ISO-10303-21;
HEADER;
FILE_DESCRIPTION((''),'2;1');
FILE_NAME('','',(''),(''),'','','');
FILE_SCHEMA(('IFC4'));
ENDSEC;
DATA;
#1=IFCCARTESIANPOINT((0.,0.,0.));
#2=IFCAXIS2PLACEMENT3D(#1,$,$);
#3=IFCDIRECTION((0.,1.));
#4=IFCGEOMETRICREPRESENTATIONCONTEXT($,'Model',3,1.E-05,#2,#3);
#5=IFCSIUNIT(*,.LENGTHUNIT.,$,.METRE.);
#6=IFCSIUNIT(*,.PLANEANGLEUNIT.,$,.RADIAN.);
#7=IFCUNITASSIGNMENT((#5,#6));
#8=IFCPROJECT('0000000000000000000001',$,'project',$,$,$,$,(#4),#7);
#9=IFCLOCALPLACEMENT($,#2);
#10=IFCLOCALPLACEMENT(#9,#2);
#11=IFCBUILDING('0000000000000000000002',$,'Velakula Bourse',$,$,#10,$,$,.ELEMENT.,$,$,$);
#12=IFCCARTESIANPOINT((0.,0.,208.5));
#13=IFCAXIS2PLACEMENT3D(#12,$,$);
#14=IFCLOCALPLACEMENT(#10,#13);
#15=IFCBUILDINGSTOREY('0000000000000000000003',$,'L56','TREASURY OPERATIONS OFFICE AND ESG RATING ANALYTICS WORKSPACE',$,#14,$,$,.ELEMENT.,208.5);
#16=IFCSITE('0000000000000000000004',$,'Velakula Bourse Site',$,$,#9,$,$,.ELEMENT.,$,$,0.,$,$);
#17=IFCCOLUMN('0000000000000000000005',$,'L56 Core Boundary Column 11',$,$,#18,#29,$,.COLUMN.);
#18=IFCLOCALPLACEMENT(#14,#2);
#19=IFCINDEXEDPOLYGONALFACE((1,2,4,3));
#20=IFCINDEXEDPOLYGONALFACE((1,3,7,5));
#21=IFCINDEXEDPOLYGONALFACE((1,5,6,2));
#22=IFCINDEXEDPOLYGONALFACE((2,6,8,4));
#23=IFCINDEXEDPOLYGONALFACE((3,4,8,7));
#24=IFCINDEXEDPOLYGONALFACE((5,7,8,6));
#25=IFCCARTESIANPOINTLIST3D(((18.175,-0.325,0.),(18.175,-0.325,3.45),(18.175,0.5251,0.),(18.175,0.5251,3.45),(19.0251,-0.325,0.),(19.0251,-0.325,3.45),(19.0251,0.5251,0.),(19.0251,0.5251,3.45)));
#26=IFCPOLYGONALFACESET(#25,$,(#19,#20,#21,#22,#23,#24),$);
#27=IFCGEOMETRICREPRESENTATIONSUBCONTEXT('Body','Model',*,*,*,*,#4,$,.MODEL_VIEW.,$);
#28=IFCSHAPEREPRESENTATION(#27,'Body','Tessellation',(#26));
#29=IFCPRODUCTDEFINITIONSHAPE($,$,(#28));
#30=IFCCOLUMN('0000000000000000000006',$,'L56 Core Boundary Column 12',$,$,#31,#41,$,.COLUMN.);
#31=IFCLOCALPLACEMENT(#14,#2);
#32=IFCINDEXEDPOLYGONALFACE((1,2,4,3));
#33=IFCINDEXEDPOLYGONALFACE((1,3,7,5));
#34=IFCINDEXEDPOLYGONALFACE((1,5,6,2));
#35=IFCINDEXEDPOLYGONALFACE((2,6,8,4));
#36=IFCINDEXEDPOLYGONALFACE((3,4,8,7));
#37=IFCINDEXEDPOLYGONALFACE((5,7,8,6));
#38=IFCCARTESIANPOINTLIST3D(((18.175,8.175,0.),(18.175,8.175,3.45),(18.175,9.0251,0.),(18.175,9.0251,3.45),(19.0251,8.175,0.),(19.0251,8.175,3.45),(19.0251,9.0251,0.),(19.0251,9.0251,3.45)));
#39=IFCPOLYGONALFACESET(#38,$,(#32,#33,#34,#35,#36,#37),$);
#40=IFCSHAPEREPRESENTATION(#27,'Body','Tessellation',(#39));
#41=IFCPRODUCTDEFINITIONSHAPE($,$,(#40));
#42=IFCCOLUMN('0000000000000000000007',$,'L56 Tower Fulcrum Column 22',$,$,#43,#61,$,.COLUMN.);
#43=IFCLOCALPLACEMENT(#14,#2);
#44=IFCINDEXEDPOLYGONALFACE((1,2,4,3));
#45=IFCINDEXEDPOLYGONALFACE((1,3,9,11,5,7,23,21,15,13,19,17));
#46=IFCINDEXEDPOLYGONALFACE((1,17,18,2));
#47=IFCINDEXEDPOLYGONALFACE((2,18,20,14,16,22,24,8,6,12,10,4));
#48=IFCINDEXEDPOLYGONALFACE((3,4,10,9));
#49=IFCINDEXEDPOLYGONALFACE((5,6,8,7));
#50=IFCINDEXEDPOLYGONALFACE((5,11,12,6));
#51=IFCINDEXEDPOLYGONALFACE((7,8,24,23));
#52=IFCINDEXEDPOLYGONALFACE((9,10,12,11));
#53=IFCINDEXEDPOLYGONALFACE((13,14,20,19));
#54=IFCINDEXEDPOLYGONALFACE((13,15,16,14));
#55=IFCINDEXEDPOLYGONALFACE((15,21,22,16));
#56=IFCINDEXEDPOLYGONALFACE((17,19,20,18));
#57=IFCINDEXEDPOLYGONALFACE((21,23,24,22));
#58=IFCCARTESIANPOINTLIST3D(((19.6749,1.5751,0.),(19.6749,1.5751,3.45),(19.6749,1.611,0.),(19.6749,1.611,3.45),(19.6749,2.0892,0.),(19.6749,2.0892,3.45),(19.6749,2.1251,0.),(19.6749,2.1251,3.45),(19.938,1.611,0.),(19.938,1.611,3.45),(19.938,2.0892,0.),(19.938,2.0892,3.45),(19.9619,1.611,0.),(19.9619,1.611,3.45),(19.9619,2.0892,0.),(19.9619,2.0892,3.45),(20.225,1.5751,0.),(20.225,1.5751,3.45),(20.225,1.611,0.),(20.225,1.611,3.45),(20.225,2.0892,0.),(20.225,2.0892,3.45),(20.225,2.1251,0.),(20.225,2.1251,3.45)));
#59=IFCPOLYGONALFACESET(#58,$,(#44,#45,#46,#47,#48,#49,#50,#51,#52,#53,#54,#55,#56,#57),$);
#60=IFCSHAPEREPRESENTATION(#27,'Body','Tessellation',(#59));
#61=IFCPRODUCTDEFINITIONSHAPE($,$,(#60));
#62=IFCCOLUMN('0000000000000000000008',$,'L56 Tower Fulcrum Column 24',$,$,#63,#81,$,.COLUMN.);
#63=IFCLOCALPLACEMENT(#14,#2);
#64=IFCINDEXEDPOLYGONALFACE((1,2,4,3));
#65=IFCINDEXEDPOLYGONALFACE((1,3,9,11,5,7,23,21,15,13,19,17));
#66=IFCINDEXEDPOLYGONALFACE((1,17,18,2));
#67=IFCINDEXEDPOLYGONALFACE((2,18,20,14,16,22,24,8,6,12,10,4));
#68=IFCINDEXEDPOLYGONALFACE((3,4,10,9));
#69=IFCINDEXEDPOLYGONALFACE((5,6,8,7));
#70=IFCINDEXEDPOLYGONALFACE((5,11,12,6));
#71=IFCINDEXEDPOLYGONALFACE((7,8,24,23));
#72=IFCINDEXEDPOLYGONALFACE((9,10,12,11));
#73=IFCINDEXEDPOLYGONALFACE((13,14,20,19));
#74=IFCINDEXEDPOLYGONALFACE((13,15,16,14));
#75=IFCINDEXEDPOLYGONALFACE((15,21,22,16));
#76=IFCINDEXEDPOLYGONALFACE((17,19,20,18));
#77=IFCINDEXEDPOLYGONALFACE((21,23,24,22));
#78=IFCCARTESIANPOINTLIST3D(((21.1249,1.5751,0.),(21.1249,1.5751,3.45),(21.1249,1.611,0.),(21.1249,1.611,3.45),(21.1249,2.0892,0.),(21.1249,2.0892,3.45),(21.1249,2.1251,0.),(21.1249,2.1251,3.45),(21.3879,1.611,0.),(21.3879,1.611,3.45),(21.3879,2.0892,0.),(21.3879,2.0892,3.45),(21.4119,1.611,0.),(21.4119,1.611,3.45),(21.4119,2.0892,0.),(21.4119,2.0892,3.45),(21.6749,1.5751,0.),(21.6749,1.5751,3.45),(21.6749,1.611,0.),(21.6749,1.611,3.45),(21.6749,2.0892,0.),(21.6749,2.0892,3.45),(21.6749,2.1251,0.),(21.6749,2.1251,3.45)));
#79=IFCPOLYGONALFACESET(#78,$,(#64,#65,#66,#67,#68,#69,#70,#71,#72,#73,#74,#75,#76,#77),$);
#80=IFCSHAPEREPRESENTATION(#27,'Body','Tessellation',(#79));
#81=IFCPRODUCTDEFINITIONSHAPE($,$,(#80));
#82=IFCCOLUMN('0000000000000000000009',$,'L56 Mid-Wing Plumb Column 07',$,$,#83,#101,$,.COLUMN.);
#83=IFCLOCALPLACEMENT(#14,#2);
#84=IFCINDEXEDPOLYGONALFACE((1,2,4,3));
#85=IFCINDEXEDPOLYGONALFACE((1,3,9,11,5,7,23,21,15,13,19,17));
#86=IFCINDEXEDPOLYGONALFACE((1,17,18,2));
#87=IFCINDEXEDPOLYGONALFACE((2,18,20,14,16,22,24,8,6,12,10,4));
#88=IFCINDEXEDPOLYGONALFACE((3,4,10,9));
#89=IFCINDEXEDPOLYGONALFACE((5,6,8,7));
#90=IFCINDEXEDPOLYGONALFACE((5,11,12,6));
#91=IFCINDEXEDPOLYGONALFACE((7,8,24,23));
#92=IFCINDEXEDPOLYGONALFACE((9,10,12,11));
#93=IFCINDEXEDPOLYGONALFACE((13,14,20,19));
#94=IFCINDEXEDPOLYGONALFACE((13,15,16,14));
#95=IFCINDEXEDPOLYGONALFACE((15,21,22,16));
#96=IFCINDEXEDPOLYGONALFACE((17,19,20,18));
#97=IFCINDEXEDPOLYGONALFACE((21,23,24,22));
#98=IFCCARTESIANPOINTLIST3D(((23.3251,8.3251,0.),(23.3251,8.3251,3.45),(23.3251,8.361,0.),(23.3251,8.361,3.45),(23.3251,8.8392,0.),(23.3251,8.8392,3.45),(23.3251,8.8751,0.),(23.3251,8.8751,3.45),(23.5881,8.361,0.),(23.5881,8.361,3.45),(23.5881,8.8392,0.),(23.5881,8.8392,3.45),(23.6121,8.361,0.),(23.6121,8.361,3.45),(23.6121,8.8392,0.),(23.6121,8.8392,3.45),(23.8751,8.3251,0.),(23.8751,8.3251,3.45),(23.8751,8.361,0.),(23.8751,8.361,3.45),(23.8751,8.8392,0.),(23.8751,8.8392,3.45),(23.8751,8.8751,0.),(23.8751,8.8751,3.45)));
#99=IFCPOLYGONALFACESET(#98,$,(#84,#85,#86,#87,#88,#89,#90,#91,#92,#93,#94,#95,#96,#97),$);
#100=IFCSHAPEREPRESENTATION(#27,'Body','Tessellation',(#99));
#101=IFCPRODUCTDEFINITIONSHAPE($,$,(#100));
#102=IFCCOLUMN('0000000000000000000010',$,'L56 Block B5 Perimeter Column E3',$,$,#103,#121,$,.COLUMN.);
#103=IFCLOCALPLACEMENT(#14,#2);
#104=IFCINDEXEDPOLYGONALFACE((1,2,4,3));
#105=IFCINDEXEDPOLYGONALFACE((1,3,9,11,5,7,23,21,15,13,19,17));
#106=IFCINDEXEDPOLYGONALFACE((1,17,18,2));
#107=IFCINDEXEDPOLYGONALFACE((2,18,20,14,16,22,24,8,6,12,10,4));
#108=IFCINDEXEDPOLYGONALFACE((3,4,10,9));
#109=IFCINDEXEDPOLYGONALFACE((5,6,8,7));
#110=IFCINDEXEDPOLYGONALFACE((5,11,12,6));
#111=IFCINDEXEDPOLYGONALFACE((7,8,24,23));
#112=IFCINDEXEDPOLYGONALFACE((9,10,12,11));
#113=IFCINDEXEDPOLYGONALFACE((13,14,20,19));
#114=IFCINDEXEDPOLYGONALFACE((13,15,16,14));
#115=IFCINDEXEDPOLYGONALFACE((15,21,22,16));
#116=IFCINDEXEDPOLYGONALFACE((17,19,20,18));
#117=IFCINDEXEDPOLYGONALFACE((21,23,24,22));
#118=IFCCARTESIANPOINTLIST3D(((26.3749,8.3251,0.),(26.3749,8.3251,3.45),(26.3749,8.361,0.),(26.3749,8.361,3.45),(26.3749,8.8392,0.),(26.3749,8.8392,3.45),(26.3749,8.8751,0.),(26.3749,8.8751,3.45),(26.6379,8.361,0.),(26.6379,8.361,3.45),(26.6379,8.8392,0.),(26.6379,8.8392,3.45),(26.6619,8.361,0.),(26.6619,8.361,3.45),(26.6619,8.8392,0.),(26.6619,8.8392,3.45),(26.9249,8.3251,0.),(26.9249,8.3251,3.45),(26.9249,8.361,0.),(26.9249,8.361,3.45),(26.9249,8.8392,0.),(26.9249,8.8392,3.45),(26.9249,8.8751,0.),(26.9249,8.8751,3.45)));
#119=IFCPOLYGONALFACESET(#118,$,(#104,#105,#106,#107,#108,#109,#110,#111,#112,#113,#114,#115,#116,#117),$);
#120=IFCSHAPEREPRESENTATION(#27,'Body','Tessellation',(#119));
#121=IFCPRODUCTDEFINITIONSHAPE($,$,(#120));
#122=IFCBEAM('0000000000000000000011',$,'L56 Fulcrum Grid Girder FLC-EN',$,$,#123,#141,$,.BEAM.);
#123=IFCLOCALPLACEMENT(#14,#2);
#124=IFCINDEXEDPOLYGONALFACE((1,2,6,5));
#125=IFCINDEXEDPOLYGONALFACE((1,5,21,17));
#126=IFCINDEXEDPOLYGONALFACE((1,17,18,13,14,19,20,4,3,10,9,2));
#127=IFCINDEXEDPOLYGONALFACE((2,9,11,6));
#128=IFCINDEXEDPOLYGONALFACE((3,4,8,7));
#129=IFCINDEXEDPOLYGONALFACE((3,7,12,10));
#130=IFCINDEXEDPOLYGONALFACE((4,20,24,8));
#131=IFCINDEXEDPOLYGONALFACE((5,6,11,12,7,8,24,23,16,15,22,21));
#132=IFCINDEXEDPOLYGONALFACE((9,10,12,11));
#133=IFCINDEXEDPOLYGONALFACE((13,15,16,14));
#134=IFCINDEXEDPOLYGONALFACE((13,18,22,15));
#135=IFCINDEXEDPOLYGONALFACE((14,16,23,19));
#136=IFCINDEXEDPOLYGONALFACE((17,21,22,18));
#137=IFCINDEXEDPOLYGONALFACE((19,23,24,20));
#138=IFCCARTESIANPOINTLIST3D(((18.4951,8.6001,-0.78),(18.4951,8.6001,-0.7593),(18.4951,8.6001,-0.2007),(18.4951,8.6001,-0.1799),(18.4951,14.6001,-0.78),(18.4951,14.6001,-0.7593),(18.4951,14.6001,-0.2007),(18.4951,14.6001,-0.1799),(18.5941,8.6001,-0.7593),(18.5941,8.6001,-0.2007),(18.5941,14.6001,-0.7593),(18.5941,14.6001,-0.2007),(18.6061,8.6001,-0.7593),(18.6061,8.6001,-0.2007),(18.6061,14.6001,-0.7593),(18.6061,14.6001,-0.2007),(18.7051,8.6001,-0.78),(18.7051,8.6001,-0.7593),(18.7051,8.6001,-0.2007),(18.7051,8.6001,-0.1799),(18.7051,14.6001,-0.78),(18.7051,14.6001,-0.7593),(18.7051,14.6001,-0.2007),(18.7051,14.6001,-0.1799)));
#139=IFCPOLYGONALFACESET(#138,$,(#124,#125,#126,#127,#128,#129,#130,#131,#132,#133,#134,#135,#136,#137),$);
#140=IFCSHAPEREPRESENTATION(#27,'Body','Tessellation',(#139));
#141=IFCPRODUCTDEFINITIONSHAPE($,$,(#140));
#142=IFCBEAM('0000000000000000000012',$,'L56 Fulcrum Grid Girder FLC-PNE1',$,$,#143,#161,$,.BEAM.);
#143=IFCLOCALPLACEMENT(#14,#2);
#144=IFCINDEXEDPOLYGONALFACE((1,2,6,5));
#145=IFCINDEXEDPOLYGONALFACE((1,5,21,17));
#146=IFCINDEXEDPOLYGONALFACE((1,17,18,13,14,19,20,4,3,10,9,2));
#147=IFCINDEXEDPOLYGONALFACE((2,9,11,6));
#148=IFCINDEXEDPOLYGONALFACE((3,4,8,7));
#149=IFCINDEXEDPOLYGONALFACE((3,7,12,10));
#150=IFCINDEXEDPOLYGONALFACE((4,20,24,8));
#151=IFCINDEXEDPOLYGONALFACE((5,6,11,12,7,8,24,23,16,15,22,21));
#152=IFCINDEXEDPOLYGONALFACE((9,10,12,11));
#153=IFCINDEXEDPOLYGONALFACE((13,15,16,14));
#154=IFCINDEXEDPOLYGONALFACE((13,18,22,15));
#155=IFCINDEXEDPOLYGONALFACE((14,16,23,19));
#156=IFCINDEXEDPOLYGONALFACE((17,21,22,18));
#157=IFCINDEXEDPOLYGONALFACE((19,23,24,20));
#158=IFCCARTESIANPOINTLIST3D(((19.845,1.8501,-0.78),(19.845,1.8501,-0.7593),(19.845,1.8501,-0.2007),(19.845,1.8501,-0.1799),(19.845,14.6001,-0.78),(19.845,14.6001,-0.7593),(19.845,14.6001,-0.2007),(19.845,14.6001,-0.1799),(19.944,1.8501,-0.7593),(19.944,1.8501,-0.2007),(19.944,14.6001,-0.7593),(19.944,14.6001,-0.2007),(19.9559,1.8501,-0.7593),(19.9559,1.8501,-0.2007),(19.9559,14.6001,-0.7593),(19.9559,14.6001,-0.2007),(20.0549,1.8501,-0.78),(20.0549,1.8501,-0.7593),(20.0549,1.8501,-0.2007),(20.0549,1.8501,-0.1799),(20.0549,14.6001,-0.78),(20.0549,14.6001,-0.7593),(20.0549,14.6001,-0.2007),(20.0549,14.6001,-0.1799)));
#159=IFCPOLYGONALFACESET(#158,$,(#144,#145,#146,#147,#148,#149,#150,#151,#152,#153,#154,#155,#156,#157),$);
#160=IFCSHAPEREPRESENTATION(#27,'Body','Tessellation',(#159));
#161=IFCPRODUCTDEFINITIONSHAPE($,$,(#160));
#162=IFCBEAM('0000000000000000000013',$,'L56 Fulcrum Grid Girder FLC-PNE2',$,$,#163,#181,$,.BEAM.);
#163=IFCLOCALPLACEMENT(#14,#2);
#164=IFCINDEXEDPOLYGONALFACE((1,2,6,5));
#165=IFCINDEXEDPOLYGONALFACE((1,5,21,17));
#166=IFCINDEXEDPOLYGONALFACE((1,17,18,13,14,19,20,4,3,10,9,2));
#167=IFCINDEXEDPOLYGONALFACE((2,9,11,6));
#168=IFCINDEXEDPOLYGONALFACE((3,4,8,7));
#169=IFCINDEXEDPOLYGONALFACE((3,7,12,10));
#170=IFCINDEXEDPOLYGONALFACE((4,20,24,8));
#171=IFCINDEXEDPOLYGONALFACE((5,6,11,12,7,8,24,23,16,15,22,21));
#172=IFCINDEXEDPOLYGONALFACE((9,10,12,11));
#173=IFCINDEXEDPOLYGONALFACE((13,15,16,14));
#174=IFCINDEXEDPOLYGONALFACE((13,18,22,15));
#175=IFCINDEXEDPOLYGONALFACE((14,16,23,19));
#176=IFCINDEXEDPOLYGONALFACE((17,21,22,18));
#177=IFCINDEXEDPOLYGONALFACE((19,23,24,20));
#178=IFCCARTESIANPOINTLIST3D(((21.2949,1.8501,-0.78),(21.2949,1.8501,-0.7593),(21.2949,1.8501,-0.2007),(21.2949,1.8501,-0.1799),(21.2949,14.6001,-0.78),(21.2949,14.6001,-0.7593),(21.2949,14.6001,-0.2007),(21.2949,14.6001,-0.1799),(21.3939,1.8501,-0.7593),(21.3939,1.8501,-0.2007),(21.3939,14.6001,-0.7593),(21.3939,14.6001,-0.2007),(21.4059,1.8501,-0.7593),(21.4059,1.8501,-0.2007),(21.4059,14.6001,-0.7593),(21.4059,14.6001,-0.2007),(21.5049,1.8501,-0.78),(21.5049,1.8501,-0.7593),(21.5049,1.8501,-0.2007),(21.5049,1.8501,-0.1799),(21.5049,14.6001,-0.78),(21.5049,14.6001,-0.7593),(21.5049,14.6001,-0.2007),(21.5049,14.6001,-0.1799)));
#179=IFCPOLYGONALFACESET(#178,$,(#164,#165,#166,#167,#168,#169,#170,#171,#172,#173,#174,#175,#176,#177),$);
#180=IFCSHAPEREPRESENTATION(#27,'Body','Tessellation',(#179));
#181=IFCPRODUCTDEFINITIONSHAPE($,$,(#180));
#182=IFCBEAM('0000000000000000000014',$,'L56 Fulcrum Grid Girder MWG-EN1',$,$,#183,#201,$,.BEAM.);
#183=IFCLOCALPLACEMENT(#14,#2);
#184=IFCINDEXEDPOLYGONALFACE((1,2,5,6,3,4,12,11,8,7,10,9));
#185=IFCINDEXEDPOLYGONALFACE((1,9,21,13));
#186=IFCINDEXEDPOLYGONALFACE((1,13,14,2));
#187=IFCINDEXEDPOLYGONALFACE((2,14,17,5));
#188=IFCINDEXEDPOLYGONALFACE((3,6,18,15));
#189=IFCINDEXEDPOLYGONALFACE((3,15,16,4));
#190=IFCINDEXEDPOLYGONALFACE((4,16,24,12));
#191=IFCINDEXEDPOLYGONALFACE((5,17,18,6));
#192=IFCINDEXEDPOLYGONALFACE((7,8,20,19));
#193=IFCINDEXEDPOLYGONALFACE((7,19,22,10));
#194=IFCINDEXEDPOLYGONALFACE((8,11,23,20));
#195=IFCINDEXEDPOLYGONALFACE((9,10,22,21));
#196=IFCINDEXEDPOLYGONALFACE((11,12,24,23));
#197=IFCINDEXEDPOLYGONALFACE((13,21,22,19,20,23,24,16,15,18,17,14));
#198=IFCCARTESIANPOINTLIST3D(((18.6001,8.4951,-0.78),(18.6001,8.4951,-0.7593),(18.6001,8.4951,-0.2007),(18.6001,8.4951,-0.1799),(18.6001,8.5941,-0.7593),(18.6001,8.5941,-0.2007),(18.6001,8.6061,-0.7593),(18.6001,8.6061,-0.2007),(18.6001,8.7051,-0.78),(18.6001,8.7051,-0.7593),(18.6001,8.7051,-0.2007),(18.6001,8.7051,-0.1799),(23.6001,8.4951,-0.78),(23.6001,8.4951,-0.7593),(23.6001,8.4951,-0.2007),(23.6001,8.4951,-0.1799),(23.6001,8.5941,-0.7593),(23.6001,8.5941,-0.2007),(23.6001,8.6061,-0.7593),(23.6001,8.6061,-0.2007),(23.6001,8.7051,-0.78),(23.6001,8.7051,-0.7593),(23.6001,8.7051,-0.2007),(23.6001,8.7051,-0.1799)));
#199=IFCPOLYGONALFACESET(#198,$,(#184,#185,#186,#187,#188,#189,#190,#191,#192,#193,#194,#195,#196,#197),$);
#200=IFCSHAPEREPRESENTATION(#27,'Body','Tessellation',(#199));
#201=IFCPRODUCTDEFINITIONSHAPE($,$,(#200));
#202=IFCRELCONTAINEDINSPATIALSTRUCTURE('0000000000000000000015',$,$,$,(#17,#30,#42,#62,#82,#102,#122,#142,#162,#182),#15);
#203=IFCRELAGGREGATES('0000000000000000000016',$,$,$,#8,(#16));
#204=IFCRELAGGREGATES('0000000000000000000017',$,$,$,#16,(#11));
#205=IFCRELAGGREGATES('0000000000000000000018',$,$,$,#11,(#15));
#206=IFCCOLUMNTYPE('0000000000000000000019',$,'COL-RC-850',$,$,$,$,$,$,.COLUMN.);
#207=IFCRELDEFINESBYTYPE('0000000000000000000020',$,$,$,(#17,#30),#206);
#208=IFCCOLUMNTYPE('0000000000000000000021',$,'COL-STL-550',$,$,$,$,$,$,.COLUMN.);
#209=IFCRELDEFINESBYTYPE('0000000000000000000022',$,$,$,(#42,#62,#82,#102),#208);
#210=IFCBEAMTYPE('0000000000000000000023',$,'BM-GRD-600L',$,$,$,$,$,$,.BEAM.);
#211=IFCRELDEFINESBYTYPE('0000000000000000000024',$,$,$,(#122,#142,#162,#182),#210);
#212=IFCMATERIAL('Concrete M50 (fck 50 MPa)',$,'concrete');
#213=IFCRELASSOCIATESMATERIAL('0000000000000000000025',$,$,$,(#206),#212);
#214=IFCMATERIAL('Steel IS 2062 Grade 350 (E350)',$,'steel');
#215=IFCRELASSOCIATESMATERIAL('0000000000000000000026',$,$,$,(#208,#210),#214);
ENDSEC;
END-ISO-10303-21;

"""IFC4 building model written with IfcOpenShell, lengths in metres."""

from ifc_helpers import new_model, si_unit, direction, frame, origin, origin_2d, place, context, subcontext, project, spatial, rectangle, i_section, extrude, material, material_profile, profile_set, type_object, element, save


model = new_model("IFC4")

# Units and contexts
model_context = context("Model", 3, precision=1e-05, world=origin(), true_north=direction((0.0, 1.0)))
body_context = subcontext(model_context, "Body", "Model", "MODEL_VIEW")
ifc_project = project(units=[si_unit("LENGTHUNIT", "METRE"), si_unit("PLANEANGLEUNIT", "RADIAN")], contexts=[model_context])

# Site, building, storey
site_placement = place(None, origin())
site = spatial("IfcSite", under=ifc_project, at=site_placement, Name="Velakula Bourse Site", CompositionType="ELEMENT", RefElevation=0.0)
building_placement = place(site_placement, origin())
building = spatial("IfcBuilding", under=site, at=building_placement, Name="Velakula Bourse", CompositionType="ELEMENT")
storey_placement = place(building_placement, frame((0.0, 0.0, 208.5)))
storey = spatial("IfcBuildingStorey", under=building, at=storey_placement, Name="L56", Description="TREASURY OPERATIONS OFFICE AND ESG RATING ANALYTICS WORKSPACE", CompositionType="ELEMENT", Elevation=208.5)

# Columns
ifc_material_1 = material(Name="Concrete M50 (fck 50 MPa)", Category="concrete")
ifc_material_profile_1 = material_profile(ifc_material_1, rectangle(XDim=0.8501, YDim=0.8501, at=origin_2d()), Name="Concrete M50 (fck 50 MPa)")
ifc_profile_set_1 = profile_set([ifc_material_profile_1], Name="Concrete M50 (fck 50 MPa)")
column_type_1 = type_object("IfcColumnType", Name="COL-RC-850", PredefinedType="COLUMN", material=ifc_profile_set_1)
for number, where, z_axis, x_axis, name in (
    (1, (18.6001, 0.1001, 0.0), (0.0, 0.0, 1.0), (1.0, 0.0, 0.0), "L56 Core Boundary Column 11"),
    (2, (18.6001, 8.6001, 0.0), (0.0, 0.0, 1.0), (1.0, 0.0, 0.0), "L56 Core Boundary Column 12"),
):
    element("IfcColumn", number, at=place(storey_placement, frame(where, z_axis=z_axis, x_axis=x_axis)), inside=storey, type_object=column_type_1, Name=name, PredefinedType="COLUMN", context=body_context, shape_type="SweptSolid", body=[
        extrude(rectangle(XDim=0.8501, YDim=0.8501, at=origin_2d()), origin(), (0.0, 0.0, 1.0), 3.45),
    ])
ifc_material_2 = material(Name="Steel IS 2062 Grade 350 (E350)", Category="steel")
ifc_material_profile_2 = material_profile(ifc_material_2, i_section(OverallWidth=0.55, OverallDepth=0.55, WebThickness=0.0239, FlangeThickness=0.0359, at=origin_2d()), Name="Steel IS 2062 Grade 350 (E350)")
ifc_profile_set_2 = profile_set([ifc_material_profile_2], Name="Steel IS 2062 Grade 350 (E350)")
column_type_2 = type_object("IfcColumnType", Name="COL-STL-550", PredefinedType="COLUMN", material=ifc_profile_set_2)
for number, where, z_axis, x_axis, name in (
    (3, (19.95, 1.8501, 0.0), (0.0, 0.0, 1.0), (1.0, 0.0, 0.0), "L56 Tower Fulcrum Column 22"),
    (4, (21.3999, 1.8501, 0.0), (0.0, 0.0, 1.0), (1.0, 0.0, 0.0), "L56 Tower Fulcrum Column 24"),
    (5, (23.6001, 8.6001, 0.0), (0.0, 0.0, 1.0), (1.0, 0.0, 0.0), "L56 Mid-Wing Plumb Column 07"),
    (6, (26.6499, 8.6001, 0.0), (0.0, 0.0, 1.0), (1.0, 0.0, 0.0), "L56 Block B5 Perimeter Column E3"),
):
    element("IfcColumn", number, at=place(storey_placement, frame(where, z_axis=z_axis, x_axis=x_axis)), inside=storey, type_object=column_type_2, Name=name, PredefinedType="COLUMN", context=body_context, shape_type="SweptSolid", body=[
        extrude(i_section(OverallWidth=0.55, OverallDepth=0.55, WebThickness=0.0239, FlangeThickness=0.0359, at=origin_2d()), origin(), (0.0, 0.0, 1.0), 3.45),
    ])

# Beams
ifc_material_profile_3 = material_profile(ifc_material_2, i_section(OverallWidth=0.21, OverallDepth=0.6001, WebThickness=0.012, FlangeThickness=0.0208, at=origin_2d()), Name="Steel IS 2062 Grade 350 (E350)")
ifc_profile_set_3 = profile_set([ifc_material_profile_3], Name="Steel IS 2062 Grade 350 (E350)")
beam_type_1 = type_object("IfcBeamType", Name="BM-GRD-600L", PredefinedType="BEAM", material=ifc_profile_set_3)
beam_1_placement = place(storey_placement, frame((18.6001, 8.6001, -0.48), z_axis=(0.0, 1.0, 0.0), x_axis=(-1.0, 0.0, 0.0)))
element("IfcBeam", 7, at=beam_1_placement, inside=storey, type_object=beam_type_1, Name="L56 Fulcrum Grid Girder FLC-EN", PredefinedType="BEAM", context=body_context, shape_type="SweptSolid", body=[
    extrude(i_section(OverallWidth=0.21, OverallDepth=0.6001, WebThickness=0.012, FlangeThickness=0.0208, at=origin_2d()), origin(), (0.0, 0.0, 1.0), 6.0),
])
for number, where, z_axis, x_axis, name in (
    (8, (19.95, 1.8501, -0.48), (0.0, 1.0, 0.0), (-1.0, 0.0, 0.0), "L56 Fulcrum Grid Girder FLC-PNE1"),
    (9, (21.3999, 1.8501, -0.48), (0.0, 1.0, 0.0), (-1.0, 0.0, 0.0), "L56 Fulcrum Grid Girder FLC-PNE2"),
):
    element("IfcBeam", number, at=place(storey_placement, frame(where, z_axis=z_axis, x_axis=x_axis)), inside=storey, type_object=beam_type_1, Name=name, PredefinedType="BEAM", context=body_context, shape_type="SweptSolid", body=[
        extrude(i_section(OverallWidth=0.21, OverallDepth=0.6001, WebThickness=0.012, FlangeThickness=0.0208, at=origin_2d()), origin(), (0.0, 0.0, 1.0), 12.75),
    ])
beam_2_placement = place(storey_placement, frame((18.6001, 8.6001, -0.48), z_axis=(1.0, 0.0, 0.0), x_axis=(0.0, 1.0, 0.0)))
element("IfcBeam", 10, at=beam_2_placement, inside=storey, type_object=beam_type_1, Name="L56 Fulcrum Grid Girder MWG-EN1", PredefinedType="BEAM", context=body_context, shape_type="SweptSolid", body=[
    extrude(i_section(OverallWidth=0.21, OverallDepth=0.6001, WebThickness=0.012, FlangeThickness=0.0208, at=origin_2d()), origin(), (0.0, 0.0, 1.0), 5.0),
])

save(model, "model.ifc")
